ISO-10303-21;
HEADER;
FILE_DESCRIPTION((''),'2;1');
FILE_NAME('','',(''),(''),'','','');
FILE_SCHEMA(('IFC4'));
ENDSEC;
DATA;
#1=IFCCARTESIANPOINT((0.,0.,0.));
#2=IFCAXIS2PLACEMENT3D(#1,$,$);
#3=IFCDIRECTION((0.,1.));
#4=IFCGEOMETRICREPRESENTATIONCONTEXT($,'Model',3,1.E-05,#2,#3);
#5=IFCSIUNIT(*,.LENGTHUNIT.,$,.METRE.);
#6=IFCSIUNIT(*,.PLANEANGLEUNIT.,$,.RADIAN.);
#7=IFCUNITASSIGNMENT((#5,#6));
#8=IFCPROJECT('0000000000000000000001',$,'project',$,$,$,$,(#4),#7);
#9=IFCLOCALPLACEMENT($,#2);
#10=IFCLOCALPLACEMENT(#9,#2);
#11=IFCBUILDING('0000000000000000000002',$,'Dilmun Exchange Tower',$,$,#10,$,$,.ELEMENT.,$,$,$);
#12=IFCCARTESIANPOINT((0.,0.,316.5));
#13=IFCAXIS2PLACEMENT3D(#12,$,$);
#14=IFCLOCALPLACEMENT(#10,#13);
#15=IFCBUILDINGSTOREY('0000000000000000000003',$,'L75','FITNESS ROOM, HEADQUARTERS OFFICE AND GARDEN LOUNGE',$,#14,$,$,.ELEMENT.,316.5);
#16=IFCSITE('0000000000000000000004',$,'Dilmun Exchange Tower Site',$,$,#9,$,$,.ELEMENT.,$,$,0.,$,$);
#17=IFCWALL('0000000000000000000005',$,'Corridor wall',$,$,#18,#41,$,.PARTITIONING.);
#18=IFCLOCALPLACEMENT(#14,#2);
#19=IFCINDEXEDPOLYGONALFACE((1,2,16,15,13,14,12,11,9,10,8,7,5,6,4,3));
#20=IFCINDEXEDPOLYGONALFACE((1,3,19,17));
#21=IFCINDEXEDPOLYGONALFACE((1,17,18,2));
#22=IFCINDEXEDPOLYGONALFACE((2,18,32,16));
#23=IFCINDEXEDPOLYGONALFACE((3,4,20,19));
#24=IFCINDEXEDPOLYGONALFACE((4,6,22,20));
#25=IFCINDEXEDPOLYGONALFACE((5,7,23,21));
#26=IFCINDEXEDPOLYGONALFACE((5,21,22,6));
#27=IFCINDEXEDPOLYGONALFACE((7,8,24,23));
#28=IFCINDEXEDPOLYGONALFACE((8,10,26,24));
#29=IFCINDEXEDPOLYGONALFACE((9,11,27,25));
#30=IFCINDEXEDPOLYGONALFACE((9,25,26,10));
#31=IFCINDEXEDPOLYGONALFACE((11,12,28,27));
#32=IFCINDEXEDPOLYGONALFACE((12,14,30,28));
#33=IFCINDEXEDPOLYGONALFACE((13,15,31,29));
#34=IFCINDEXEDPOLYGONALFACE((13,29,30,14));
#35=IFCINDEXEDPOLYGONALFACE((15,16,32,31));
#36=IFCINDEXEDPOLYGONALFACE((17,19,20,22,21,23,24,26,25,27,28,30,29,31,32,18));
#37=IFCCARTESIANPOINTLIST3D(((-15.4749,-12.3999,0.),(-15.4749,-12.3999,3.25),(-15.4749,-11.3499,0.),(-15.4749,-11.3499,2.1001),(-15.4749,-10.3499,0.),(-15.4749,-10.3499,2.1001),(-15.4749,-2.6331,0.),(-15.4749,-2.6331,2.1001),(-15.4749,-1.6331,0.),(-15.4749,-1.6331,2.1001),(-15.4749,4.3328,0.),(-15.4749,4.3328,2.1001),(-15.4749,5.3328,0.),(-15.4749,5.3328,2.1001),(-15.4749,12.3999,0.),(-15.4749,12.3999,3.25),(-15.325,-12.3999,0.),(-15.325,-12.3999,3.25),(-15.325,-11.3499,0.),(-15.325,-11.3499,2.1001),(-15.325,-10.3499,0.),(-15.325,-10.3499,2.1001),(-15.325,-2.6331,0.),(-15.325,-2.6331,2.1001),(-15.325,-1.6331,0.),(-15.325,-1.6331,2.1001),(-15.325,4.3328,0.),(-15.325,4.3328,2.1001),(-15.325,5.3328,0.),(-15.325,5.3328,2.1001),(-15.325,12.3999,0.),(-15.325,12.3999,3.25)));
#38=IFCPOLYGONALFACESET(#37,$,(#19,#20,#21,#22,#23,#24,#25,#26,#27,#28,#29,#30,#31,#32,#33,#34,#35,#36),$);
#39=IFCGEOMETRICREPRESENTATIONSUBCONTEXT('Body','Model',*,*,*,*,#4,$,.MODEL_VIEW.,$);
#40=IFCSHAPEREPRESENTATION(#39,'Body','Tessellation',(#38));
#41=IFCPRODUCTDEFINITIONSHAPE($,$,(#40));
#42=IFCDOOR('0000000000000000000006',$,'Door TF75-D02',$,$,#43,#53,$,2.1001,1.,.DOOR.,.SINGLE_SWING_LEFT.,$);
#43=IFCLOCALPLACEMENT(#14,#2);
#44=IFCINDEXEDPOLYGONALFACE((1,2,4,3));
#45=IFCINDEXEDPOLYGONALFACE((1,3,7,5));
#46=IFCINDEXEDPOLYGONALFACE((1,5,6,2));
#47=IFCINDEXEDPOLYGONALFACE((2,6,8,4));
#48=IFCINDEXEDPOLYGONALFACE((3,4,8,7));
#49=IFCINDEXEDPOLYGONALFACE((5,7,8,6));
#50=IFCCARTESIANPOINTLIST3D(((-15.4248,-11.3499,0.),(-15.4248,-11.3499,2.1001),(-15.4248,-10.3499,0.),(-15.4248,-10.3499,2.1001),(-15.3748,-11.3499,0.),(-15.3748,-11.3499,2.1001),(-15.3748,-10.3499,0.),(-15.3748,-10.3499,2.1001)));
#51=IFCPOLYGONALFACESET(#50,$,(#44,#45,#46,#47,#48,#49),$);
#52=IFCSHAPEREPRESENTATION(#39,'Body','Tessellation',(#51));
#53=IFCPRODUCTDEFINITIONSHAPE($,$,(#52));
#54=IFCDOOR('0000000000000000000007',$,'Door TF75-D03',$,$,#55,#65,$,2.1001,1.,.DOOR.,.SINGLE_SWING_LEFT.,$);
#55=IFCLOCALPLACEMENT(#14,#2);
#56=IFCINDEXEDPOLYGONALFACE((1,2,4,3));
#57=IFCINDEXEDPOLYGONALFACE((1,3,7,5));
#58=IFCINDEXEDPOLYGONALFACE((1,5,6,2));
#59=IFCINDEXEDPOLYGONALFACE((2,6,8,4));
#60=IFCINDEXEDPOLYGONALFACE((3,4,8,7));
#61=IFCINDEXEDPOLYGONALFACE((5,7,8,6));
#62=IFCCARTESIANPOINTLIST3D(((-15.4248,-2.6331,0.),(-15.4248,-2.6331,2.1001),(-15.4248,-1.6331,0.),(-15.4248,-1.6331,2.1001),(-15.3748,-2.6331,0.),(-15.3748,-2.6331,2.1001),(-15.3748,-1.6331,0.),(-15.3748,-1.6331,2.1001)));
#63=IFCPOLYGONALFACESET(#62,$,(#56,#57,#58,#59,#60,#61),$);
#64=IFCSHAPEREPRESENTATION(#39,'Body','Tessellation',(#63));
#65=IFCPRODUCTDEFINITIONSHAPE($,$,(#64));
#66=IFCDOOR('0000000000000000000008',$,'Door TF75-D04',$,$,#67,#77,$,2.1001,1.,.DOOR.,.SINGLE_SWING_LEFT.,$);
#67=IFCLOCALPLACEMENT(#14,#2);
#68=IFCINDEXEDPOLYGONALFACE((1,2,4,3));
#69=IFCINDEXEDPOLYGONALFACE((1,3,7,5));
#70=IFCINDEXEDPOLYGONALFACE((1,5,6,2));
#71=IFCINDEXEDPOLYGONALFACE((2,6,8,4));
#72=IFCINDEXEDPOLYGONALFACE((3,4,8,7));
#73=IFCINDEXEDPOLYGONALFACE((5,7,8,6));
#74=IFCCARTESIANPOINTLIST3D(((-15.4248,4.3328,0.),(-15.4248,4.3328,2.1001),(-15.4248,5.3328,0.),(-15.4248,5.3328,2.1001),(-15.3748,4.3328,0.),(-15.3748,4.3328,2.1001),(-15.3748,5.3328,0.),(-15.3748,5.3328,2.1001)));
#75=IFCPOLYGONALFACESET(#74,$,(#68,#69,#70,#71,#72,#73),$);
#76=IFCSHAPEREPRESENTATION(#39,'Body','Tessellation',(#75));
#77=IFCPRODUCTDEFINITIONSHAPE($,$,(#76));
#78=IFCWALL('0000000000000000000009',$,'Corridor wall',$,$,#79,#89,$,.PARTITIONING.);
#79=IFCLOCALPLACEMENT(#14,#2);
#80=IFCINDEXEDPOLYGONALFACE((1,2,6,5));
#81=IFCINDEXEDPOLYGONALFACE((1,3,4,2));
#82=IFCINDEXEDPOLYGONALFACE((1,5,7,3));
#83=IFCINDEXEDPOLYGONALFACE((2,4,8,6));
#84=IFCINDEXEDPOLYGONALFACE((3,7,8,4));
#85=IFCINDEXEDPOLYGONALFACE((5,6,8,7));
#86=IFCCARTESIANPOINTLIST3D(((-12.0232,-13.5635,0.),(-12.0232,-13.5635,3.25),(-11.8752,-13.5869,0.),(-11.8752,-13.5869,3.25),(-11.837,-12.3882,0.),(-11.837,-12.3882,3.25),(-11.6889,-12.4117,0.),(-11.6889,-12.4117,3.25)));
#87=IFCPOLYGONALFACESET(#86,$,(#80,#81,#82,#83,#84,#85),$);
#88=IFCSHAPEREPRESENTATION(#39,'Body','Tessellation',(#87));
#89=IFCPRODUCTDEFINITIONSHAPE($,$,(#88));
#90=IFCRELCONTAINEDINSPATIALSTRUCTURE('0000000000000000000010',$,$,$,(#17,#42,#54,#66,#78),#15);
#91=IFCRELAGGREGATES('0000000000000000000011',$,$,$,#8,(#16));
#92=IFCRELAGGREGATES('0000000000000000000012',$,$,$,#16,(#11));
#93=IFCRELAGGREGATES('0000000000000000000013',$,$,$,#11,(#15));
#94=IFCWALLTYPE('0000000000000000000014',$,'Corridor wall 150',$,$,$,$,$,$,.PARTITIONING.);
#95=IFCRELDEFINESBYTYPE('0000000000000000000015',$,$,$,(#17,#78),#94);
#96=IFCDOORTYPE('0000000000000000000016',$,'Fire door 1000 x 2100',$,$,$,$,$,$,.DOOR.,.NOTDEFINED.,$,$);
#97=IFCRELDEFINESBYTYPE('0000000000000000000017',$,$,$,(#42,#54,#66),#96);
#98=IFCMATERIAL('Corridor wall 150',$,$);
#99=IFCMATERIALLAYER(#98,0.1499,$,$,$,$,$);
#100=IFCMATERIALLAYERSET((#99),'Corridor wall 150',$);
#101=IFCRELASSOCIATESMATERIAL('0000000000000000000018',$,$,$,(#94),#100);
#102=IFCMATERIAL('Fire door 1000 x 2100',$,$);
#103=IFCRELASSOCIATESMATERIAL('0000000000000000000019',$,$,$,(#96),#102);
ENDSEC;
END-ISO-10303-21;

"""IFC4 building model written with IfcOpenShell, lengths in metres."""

from ifc_helpers import new_model, si_unit, direction, frame, frame_2d, origin, place, context, subcontext, project, spatial, rectangle, extrude, material, layer, layer_set, type_object, element, fill, save


model = new_model("IFC4")

# Units and contexts
model_context = context("Model", 3, precision=1e-05, world=origin(), true_north=direction((0.0, 1.0)))
body_context = subcontext(model_context, "Body", "Model", "MODEL_VIEW")
ifc_project = project(units=[si_unit("LENGTHUNIT", "METRE"), si_unit("PLANEANGLEUNIT", "RADIAN")], contexts=[model_context])

# Site, building, storey
site_placement = place(None, origin())
site = spatial("IfcSite", under=ifc_project, at=site_placement, Name="Dilmun Exchange Tower Site", CompositionType="ELEMENT", RefElevation=0.0)
building_placement = place(site_placement, origin())
building = spatial("IfcBuilding", under=site, at=building_placement, Name="Dilmun Exchange Tower", CompositionType="ELEMENT")
storey_placement = place(building_placement, frame((0.0, 0.0, 316.5)))
storey = spatial("IfcBuildingStorey", under=building, at=storey_placement, Name="L75", Description="FITNESS ROOM, HEADQUARTERS OFFICE AND GARDEN LOUNGE", CompositionType="ELEMENT", Elevation=316.5)

# Shared definitions
ifc_material_1 = material(Name="Corridor wall 150")
ifc_layer_1 = layer(ifc_material_1, 0.1499)
ifc_layer_set_1 = layer_set([ifc_layer_1], Name="Corridor wall 150")
wall_type_1 = type_object("IfcWallType", Name="Corridor wall 150", PredefinedType="PARTITIONING", material=ifc_layer_set_1)

# Shared definitions
ifc_material_2 = material(Name="Fire door 1000 x 2100")
door_type_1 = type_object("IfcDoorType", Name="Fire door 1000 x 2100", OperationType="NOTDEFINED", PredefinedType="DOOR", material=ifc_material_2)

# Wall, openings, doors
wall_1_placement = place(storey_placement, frame((-15.3999, -12.3999, 0.0), z_axis=(0.0, 0.0, 1.0), x_axis=(0.0, 1.0, 0.0)))
wall_1 = element("IfcWall", 1, at=wall_1_placement, inside=storey, type_object=wall_type_1, Name="Corridor wall", PredefinedType="PARTITIONING", context=body_context, shape_type="SweptSolid", body=[
    extrude(rectangle(XDim=24.7998, YDim=0.1499, at=frame_2d((12.3999, 0.0))), origin(), (0.0, 0.0, 1.0), 3.25),
])
opening_1_placement = place(wall_1_placement, frame((1.05, 0.0, 0.0)))
opening_1 = element("IfcOpeningElement", 2, at=opening_1_placement, cuts=wall_1, PredefinedType="OPENING", context=body_context, shape_type="SweptSolid", body=[
    extrude(rectangle(XDim=1.0, YDim=2.1001, at=frame_2d((0.5, 1.05))), frame((0.0, 0.085, 0.0), z_axis=(0.0, -1.0, 0.0), x_axis=(1.0, 0.0, 0.0)), (0.0, 0.0, 1.0), 0.1699),
])
opening_2_placement = place(wall_1_placement, frame((9.7668, 0.0, 0.0)))
opening_2 = element("IfcOpeningElement", 3, at=opening_2_placement, cuts=wall_1, PredefinedType="OPENING", context=body_context, shape_type="SweptSolid", body=[
    extrude(rectangle(XDim=1.0, YDim=2.1001, at=frame_2d((0.5, 1.05))), frame((0.0, 0.085, 0.0), z_axis=(0.0, -1.0, 0.0), x_axis=(1.0, 0.0, 0.0)), (0.0, 0.0, 1.0), 0.1699),
])
opening_3_placement = place(wall_1_placement, frame((16.7327, 0.0, 0.0)))
opening_3 = element("IfcOpeningElement", 4, at=opening_3_placement, cuts=wall_1, PredefinedType="OPENING", context=body_context, shape_type="SweptSolid", body=[
    extrude(rectangle(XDim=1.0, YDim=2.1001, at=frame_2d((0.5, 1.05))), frame((0.0, 0.085, 0.0), z_axis=(0.0, -1.0, 0.0), x_axis=(1.0, 0.0, 0.0)), (0.0, 0.0, 1.0), 0.1699),
])
door_1_placement = place(opening_1_placement, origin())
door_1 = element("IfcDoor", 5, at=door_1_placement, inside=storey, type_object=door_type_1, Name="Door TF75-D02", OperationType="SINGLE_SWING_LEFT", OverallHeight=2.1001, OverallWidth=1.0, PredefinedType="DOOR", context=body_context, shape_type="SweptSolid", body=[
    extrude(rectangle(XDim=1.0, YDim=2.1001, at=frame_2d((0.5, 1.05))), frame((0.0, 0.0249, 0.0), z_axis=(0.0, -1.0, 0.0), x_axis=(1.0, 0.0, 0.0)), (0.0, 0.0, 1.0), 0.05),
])
fill(opening_1, door_1)
door_2_placement = place(opening_2_placement, origin())
door_2 = element("IfcDoor", 6, at=door_2_placement, inside=storey, type_object=door_type_1, Name="Door TF75-D03", OperationType="SINGLE_SWING_LEFT", OverallHeight=2.1001, OverallWidth=1.0, PredefinedType="DOOR", context=body_context, shape_type="SweptSolid", body=[
    extrude(rectangle(XDim=1.0, YDim=2.1001, at=frame_2d((0.5, 1.05))), frame((0.0, 0.0249, 0.0), z_axis=(0.0, -1.0, 0.0), x_axis=(1.0, 0.0, 0.0)), (0.0, 0.0, 1.0), 0.05),
])
fill(opening_2, door_2)
door_3_placement = place(opening_3_placement, origin())
door_3 = element("IfcDoor", 7, at=door_3_placement, inside=storey, type_object=door_type_1, Name="Door TF75-D04", OperationType="SINGLE_SWING_LEFT", OverallHeight=2.1001, OverallWidth=1.0, PredefinedType="DOOR", context=body_context, shape_type="SweptSolid", body=[
    extrude(rectangle(XDim=1.0, YDim=2.1001, at=frame_2d((0.5, 1.05))), frame((0.0, 0.0249, 0.0), z_axis=(0.0, -1.0, 0.0), x_axis=(1.0, 0.0, 0.0)), (0.0, 0.0, 1.0), 0.05),
])
fill(opening_3, door_3)

# Wall
wall_2_placement = place(storey_placement, frame((-11.9492, -13.5752, 0.0), z_axis=(0.0, 0.0, 1.0), x_axis=(0.156542, 0.987671, 0.0)))
element("IfcWall", 8, at=wall_2_placement, inside=storey, type_object=wall_type_1, Name="Corridor wall", PredefinedType="PARTITIONING", context=body_context, shape_type="SweptSolid", body=[
    extrude(rectangle(XDim=1.1899, YDim=0.1499, at=frame_2d((0.595, 0.0))), origin(), (0.0, 0.0, 1.0), 3.25),
])

save(model, "model.ifc")
